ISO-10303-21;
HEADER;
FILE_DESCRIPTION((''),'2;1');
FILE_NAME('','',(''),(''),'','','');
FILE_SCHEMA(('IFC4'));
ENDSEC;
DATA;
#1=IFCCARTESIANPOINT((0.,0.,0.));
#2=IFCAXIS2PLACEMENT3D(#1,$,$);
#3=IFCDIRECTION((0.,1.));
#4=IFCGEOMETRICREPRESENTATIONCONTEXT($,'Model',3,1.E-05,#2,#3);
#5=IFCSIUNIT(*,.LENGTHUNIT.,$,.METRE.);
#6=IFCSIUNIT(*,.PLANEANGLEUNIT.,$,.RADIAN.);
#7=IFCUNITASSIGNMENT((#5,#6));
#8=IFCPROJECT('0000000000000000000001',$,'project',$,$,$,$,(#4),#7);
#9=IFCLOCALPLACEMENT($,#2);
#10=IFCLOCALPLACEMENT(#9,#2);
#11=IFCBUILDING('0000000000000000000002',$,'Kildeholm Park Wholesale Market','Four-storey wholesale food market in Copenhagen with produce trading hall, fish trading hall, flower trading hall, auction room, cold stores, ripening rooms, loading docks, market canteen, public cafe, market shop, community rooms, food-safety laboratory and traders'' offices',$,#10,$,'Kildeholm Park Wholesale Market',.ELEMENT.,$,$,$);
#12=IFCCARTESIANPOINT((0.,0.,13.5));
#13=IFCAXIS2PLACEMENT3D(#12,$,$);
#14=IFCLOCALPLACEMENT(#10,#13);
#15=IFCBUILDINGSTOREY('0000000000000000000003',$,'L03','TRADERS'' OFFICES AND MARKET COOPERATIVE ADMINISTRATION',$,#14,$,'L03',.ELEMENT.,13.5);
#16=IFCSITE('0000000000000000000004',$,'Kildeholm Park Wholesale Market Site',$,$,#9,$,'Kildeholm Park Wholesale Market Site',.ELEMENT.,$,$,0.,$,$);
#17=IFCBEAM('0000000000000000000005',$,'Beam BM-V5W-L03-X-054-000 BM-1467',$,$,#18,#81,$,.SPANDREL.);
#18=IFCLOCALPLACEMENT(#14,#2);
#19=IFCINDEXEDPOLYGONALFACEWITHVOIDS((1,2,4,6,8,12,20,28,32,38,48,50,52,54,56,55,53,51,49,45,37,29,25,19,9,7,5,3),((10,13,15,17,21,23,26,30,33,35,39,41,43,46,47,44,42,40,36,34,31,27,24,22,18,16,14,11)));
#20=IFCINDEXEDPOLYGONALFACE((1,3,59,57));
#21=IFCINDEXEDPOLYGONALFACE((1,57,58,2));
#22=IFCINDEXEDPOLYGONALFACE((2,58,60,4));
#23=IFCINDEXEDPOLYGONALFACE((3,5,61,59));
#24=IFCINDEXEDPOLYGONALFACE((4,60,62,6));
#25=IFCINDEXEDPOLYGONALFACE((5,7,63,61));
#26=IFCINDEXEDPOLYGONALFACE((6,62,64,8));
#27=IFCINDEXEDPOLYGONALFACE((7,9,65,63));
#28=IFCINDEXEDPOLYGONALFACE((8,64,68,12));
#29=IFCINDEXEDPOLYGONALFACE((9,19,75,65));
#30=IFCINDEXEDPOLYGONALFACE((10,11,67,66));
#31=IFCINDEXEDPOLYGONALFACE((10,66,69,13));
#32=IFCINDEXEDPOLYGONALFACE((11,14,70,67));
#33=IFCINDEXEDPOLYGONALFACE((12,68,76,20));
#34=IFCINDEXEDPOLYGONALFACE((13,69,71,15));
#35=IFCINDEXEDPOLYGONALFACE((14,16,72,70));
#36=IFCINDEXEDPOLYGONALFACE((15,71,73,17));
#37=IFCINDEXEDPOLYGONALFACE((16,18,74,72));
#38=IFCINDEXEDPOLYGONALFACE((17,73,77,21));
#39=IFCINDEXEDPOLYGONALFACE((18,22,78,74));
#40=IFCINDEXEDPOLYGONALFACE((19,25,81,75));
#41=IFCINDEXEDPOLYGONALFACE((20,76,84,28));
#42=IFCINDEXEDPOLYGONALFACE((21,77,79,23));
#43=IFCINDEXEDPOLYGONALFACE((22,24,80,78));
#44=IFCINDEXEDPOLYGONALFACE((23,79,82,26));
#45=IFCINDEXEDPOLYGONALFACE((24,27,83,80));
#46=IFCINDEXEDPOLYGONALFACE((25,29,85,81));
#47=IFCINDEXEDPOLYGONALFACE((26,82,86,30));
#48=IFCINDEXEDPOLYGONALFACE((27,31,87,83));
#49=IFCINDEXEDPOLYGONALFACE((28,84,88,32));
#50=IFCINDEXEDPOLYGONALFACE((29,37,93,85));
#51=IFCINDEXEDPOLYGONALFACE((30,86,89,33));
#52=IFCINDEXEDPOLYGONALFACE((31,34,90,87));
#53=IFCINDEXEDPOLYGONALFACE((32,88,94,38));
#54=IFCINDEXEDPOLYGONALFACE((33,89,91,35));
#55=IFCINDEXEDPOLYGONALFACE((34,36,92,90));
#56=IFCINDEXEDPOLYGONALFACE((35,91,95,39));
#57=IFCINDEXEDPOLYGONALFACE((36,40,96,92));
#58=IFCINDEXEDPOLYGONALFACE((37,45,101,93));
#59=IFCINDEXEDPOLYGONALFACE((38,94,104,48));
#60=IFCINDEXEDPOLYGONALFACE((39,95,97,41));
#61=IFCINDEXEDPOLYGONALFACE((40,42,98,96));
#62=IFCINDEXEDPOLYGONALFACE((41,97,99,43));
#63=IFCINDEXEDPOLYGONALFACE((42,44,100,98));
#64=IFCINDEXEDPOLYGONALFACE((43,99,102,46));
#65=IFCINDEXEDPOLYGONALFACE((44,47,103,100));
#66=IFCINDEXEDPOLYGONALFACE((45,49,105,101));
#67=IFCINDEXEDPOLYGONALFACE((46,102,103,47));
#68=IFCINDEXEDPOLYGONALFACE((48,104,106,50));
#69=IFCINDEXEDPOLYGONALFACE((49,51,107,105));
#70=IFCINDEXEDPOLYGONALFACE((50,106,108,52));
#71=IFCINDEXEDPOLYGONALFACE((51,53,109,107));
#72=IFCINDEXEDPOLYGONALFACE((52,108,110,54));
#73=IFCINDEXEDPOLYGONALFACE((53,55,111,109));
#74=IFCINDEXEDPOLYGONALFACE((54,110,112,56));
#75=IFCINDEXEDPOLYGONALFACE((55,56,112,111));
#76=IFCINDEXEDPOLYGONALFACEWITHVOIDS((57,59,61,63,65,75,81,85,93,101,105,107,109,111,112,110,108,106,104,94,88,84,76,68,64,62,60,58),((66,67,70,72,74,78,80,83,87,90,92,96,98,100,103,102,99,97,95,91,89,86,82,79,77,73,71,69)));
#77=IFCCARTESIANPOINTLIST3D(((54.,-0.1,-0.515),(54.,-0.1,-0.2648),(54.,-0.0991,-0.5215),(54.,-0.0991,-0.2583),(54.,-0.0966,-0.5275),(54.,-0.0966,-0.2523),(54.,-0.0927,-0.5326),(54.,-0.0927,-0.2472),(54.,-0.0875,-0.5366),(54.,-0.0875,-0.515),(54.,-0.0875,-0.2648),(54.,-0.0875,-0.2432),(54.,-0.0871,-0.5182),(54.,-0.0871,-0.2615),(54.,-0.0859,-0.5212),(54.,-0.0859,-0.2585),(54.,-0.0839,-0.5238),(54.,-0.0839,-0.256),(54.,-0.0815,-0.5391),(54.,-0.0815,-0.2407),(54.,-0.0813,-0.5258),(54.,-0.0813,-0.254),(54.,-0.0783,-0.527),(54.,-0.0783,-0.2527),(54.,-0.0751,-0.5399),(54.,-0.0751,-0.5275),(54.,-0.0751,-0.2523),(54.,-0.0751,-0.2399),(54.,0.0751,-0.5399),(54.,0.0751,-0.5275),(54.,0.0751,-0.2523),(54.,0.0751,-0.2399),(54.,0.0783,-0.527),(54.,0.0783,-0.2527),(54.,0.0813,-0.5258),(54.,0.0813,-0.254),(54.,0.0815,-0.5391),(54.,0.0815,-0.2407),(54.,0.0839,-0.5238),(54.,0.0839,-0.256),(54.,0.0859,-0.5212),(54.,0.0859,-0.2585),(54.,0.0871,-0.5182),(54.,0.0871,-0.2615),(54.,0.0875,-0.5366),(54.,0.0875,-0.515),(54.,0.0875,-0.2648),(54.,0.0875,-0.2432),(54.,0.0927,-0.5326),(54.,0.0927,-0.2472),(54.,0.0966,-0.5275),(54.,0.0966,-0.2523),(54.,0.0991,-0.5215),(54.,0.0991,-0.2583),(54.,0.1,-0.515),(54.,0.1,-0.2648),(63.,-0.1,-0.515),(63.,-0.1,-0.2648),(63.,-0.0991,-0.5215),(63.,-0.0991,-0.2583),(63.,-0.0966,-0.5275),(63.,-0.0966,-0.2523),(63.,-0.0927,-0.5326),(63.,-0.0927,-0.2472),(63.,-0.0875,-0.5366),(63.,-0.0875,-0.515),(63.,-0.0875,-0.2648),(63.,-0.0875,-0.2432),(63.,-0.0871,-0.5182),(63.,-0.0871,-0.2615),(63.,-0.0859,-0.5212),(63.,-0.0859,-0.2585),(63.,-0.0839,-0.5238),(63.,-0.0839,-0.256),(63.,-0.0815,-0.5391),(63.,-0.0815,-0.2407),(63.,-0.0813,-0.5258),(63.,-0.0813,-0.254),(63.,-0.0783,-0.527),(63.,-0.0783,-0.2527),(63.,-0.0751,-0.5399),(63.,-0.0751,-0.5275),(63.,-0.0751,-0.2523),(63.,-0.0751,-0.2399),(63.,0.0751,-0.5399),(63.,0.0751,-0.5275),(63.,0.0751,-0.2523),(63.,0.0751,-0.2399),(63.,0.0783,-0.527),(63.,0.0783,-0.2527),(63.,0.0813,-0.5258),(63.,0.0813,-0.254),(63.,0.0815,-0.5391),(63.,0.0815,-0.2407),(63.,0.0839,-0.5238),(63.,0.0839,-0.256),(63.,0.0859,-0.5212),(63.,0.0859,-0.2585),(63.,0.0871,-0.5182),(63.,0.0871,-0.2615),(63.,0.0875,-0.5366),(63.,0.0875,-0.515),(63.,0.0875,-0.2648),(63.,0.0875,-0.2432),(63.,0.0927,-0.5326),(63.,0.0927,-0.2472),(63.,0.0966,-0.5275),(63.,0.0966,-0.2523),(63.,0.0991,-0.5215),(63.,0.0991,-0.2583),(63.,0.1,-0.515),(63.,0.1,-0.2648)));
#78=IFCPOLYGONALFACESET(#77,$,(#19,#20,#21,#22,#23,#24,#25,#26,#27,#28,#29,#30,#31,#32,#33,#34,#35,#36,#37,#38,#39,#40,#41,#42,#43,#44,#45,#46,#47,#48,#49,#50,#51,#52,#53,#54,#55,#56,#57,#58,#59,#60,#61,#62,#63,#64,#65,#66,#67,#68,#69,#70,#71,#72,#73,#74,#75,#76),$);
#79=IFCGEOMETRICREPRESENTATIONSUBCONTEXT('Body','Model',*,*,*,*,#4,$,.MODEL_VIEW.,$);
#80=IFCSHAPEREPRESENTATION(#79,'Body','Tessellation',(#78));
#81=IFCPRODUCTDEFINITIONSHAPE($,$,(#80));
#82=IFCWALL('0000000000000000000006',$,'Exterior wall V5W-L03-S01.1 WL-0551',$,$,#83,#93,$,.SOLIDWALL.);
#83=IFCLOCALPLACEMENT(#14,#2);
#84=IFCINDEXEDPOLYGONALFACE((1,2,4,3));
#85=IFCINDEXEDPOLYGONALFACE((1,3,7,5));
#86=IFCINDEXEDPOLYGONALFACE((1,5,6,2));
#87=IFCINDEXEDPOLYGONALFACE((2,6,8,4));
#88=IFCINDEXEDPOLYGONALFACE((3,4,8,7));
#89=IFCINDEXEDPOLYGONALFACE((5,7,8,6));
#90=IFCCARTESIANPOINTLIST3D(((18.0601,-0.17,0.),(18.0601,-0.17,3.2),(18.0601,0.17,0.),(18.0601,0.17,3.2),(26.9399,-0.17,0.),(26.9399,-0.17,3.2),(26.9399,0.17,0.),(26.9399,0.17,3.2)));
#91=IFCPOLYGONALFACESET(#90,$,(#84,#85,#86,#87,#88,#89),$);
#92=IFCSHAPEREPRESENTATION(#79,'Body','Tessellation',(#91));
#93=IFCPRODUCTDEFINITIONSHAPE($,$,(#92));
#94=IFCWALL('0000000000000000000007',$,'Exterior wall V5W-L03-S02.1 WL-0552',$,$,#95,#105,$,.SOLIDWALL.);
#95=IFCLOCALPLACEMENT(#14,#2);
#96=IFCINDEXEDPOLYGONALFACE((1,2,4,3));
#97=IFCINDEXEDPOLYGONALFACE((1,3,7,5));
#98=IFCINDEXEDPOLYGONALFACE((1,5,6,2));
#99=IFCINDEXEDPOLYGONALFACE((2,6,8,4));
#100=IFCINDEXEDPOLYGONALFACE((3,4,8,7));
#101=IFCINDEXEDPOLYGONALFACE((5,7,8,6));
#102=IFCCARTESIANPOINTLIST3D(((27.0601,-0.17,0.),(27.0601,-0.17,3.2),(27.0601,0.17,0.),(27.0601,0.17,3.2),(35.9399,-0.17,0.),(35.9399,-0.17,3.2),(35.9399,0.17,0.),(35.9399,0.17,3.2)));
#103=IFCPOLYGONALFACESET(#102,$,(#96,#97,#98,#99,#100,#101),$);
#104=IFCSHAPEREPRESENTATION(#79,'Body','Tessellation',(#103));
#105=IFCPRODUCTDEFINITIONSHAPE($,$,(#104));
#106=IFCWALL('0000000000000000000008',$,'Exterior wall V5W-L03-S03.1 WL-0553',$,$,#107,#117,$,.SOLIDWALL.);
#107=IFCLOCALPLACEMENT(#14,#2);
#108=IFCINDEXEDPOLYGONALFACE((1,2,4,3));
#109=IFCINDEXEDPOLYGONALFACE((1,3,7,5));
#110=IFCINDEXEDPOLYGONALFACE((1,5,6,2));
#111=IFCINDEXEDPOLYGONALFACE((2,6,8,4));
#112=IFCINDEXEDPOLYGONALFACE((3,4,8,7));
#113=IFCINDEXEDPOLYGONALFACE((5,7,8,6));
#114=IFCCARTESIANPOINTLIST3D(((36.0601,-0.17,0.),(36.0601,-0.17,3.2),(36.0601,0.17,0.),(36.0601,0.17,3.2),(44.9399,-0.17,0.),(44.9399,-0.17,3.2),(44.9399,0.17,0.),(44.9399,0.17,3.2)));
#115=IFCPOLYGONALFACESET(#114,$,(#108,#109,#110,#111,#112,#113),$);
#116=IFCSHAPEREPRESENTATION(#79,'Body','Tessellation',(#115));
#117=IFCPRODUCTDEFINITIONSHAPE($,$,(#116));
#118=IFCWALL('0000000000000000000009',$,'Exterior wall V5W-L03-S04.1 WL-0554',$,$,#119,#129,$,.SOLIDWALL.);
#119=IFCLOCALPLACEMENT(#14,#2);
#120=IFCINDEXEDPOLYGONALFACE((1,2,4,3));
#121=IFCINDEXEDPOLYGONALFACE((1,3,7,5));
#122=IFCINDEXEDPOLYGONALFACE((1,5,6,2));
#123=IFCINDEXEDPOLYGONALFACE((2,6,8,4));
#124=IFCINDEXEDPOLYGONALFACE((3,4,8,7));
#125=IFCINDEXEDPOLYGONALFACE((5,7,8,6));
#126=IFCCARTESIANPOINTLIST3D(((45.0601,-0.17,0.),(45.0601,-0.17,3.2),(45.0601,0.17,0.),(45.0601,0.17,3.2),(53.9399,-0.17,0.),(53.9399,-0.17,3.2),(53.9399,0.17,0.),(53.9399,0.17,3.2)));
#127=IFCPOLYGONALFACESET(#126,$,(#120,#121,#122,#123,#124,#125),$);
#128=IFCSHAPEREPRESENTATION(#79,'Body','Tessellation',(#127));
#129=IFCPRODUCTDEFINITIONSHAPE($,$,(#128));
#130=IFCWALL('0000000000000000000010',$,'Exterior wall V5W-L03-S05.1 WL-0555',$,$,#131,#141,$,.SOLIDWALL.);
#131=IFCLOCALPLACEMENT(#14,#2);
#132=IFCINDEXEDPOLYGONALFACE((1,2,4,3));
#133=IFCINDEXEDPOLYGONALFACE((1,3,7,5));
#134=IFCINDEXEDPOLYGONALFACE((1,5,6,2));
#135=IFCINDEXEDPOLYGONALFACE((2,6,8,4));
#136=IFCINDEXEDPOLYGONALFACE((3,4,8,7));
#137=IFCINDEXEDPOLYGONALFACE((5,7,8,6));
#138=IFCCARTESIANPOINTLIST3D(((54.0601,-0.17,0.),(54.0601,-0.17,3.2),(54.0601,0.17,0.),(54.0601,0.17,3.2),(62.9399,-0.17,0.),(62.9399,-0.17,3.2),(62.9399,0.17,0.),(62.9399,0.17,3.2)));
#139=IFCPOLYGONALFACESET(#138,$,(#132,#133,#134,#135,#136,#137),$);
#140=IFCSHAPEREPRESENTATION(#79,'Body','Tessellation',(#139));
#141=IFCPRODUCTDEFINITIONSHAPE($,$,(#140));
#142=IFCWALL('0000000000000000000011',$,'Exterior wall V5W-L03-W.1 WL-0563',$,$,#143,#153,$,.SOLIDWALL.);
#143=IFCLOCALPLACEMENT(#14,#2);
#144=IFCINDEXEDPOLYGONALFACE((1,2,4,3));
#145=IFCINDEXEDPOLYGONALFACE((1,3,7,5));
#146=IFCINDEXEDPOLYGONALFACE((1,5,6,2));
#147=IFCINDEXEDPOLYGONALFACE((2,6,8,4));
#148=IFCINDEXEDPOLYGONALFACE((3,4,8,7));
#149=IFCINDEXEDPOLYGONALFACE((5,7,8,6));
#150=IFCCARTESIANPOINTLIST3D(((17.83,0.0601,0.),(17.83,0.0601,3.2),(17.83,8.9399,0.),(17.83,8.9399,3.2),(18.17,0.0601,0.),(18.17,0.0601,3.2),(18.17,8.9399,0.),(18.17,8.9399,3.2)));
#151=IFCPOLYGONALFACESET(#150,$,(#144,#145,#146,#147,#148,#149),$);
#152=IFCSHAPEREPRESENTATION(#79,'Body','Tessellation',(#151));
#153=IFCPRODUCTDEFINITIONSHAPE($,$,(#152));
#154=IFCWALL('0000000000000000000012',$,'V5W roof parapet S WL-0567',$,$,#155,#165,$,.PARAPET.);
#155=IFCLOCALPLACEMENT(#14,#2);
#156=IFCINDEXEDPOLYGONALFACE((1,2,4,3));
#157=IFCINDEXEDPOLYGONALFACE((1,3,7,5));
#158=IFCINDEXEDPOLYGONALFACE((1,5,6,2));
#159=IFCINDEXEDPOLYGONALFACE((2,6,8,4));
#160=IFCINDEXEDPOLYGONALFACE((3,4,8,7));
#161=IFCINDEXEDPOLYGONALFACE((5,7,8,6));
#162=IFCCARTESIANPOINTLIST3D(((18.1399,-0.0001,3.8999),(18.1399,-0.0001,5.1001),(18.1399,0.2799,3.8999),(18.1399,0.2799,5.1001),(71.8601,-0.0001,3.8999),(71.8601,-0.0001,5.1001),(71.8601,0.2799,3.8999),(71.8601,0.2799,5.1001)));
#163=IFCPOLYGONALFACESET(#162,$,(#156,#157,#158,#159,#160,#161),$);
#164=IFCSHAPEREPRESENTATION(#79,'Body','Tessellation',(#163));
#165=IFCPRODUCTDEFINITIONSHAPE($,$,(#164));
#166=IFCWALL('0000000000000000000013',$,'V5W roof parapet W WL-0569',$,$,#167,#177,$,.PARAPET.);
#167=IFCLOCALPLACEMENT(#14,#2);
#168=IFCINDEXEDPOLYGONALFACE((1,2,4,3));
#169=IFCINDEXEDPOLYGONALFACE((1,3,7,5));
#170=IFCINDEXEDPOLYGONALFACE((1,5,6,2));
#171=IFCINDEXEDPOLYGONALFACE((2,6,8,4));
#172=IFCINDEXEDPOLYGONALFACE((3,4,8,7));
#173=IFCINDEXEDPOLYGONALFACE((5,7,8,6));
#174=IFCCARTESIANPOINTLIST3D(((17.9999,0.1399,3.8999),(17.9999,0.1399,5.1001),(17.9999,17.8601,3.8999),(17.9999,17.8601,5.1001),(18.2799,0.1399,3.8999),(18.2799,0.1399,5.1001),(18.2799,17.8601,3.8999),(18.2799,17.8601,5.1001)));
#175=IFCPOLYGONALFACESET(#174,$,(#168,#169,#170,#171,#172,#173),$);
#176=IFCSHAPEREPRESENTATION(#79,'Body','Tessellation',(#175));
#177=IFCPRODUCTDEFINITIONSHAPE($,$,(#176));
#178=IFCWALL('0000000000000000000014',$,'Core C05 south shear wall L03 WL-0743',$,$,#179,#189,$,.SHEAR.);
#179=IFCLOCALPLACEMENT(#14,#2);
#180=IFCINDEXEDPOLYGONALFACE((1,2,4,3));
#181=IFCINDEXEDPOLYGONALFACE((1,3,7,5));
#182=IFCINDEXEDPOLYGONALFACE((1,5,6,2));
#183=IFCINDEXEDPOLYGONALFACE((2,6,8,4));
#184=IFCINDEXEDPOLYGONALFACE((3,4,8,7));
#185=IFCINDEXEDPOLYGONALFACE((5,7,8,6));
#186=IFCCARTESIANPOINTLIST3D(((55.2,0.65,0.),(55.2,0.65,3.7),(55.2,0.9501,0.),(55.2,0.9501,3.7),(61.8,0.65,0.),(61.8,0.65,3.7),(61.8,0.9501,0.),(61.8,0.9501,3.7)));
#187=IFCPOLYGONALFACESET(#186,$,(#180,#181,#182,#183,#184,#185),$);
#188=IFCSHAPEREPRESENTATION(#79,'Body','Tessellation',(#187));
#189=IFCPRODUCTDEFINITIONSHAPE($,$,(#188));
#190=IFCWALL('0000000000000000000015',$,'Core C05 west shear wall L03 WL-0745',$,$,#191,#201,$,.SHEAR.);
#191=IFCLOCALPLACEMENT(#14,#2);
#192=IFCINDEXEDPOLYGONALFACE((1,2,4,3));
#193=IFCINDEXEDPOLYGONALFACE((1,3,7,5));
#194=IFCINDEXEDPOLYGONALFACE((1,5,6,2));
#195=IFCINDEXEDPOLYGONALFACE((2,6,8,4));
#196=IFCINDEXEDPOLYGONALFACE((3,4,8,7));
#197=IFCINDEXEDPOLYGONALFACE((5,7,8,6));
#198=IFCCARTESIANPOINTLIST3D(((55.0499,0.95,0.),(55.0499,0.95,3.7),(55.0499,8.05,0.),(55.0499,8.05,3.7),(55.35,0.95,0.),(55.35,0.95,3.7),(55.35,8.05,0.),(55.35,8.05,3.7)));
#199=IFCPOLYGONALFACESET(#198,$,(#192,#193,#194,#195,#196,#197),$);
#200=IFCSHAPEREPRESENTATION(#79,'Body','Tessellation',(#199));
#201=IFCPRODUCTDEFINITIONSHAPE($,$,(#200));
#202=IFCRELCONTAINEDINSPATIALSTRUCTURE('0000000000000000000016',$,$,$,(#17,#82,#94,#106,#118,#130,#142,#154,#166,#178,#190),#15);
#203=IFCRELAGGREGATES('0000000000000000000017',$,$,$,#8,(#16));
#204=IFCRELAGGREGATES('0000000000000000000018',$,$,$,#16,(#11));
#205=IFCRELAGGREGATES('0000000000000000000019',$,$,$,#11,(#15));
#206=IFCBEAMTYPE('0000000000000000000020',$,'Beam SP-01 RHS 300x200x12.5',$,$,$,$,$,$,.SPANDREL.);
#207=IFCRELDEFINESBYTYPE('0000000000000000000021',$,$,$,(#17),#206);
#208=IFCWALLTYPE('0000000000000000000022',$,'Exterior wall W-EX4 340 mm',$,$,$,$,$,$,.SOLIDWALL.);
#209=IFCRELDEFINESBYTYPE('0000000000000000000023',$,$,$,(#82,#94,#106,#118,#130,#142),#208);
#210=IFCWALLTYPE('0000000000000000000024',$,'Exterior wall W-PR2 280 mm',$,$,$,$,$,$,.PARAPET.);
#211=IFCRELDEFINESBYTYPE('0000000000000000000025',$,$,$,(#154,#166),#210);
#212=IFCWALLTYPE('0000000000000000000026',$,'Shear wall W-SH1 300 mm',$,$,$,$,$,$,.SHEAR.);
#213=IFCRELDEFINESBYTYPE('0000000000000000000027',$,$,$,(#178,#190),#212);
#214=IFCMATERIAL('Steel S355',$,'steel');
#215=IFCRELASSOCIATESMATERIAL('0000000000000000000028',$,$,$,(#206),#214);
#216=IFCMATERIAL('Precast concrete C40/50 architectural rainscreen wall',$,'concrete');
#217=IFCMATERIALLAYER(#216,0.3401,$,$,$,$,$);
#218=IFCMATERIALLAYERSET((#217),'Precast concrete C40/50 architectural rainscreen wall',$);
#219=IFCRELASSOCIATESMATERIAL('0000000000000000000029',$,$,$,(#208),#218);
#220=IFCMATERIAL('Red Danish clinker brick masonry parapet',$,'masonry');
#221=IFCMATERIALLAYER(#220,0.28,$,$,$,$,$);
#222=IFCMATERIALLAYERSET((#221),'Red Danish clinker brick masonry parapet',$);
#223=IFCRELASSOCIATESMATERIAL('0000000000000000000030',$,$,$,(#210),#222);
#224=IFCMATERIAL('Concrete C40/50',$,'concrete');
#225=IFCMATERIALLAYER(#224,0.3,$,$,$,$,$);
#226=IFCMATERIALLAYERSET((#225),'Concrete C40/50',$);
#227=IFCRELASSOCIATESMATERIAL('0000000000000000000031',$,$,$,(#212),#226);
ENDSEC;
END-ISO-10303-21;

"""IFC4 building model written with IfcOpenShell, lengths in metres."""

from ifc_helpers import new_model, si_unit, direction, frame, frame_2d, origin, origin_2d, place, context, subcontext, project, spatial, rectangle, hollow_rectangle, extrude, material, layer, layer_set, material_profile, profile_set, type_object, element, save


model = new_model("IFC4")

# Units and contexts
model_context = context("Model", 3, precision=1e-05, world=origin(), true_north=direction((0.0, 1.0)))
body_context = subcontext(model_context, "Body", "Model", "MODEL_VIEW")
ifc_project = project(units=[si_unit("LENGTHUNIT", "METRE"), si_unit("PLANEANGLEUNIT", "RADIAN")], contexts=[model_context])

# Site, building, storey
site_placement = place(None, origin())
site = spatial("IfcSite", under=ifc_project, at=site_placement, Name="Kildeholm Park Wholesale Market Site", LongName="Kildeholm Park Wholesale Market Site", CompositionType="ELEMENT", RefElevation=0.0)
building_placement = place(site_placement, origin())
building = spatial("IfcBuilding", under=site, at=building_placement, Name="Kildeholm Park Wholesale Market", Description="Four-storey wholesale food market in Copenhagen with produce trading hall, fish trading hall, flower trading hall, auction room, cold stores, ripening rooms, loading docks, market canteen, public cafe, market shop, community rooms, food-safety laboratory and traders' offices", LongName="Kildeholm Park Wholesale Market", CompositionType="ELEMENT")
storey_placement = place(building_placement, frame((0.0, 0.0, 13.5)))
storey = spatial("IfcBuildingStorey", under=building, at=storey_placement, Name="L03", Description="TRADERS' OFFICES AND MARKET COOPERATIVE ADMINISTRATION", LongName="L03", CompositionType="ELEMENT", Elevation=13.5)

# Shared definitions
ifc_material_1 = material(Name="Steel S355", Category="steel")

# Beam
ifc_material_profile_1 = material_profile(ifc_material_1, hollow_rectangle(XDim=0.2, YDim=0.3, WallThickness=0.0125, InnerFilletRadius=0.0125, OuterFilletRadius=0.0249, at=origin_2d()), Name="RHS 300x200x12.5")
ifc_profile_set_1 = profile_set([ifc_material_profile_1], Name="Steel S355")
beam_type_1 = type_object("IfcBeamType", Name="Beam SP-01 RHS 300x200x12.5", PredefinedType="SPANDREL", material=ifc_profile_set_1)
for number, where, z_axis, x_axis, name in (
    (1, (54.0, 0.0, -0.3899), (1.0, 0.0, 0.0), (0.0, 1.0, 0.0), "Beam BM-V5W-L03-X-054-000 BM-1467"),
):
    element("IfcBeam", number, at=place(storey_placement, frame(where, z_axis=z_axis, x_axis=x_axis)), inside=storey, type_object=beam_type_1, Name=name, PredefinedType="SPANDREL", context=body_context, shape_type="SweptSolid", body=[
        extrude(hollow_rectangle(XDim=0.2, YDim=0.3, WallThickness=0.0125, InnerFilletRadius=0.0125, OuterFilletRadius=0.0249, at=origin_2d()), origin(), (0.0, 0.0, 1.0), 9.0),
    ])

# Walls
ifc_material_2 = material(Name="Precast concrete C40/50 architectural rainscreen wall", Category="concrete")
ifc_layer_1 = layer(ifc_material_2, 0.3401)
ifc_layer_set_1 = layer_set([ifc_layer_1], Name="Precast concrete C40/50 architectural rainscreen wall")
wall_type_1 = type_object("IfcWallType", Name="Exterior wall W-EX4 340 mm", PredefinedType="SOLIDWALL", material=ifc_layer_set_1)
for number, where, z_axis, x_axis, name in (
    (2, (18.0601, 0.0, 0.0), (0.0, 0.0, 1.0), (1.0, 0.0, 0.0), "Exterior wall V5W-L03-S01.1 WL-0551"),
    (3, (27.0601, 0.0, 0.0), (0.0, 0.0, 1.0), (1.0, 0.0, 0.0), "Exterior wall V5W-L03-S02.1 WL-0552"),
    (4, (36.0601, 0.0, 0.0), (0.0, 0.0, 1.0), (1.0, 0.0, 0.0), "Exterior wall V5W-L03-S03.1 WL-0553"),
    (5, (45.0601, 0.0, 0.0), (0.0, 0.0, 1.0), (1.0, 0.0, 0.0), "Exterior wall V5W-L03-S04.1 WL-0554"),
    (6, (54.0601, 0.0, 0.0), (0.0, 0.0, 1.0), (1.0, 0.0, 0.0), "Exterior wall V5W-L03-S05.1 WL-0555"),
    (7, (18.0, 0.0601, 0.0), (0.0, 0.0, 1.0), (0.0, 1.0, 0.0), "Exterior wall V5W-L03-W.1 WL-0563"),
):
    element("IfcWall", number, at=place(storey_placement, frame(where, z_axis=z_axis, x_axis=x_axis)), inside=storey, type_object=wall_type_1, Name=name, PredefinedType="SOLIDWALL", context=body_context, shape_type="SweptSolid", body=[
        extrude(rectangle(XDim=8.8799, YDim=0.3401, at=frame_2d((4.4399, 0.0))), origin(), (0.0, 0.0, 1.0), 3.2),
    ])
ifc_material_3 = material(Name="Red Danish clinker brick masonry parapet", Category="masonry")
ifc_layer_2 = layer(ifc_material_3, 0.28)
ifc_layer_set_2 = layer_set([ifc_layer_2], Name="Red Danish clinker brick masonry parapet")
wall_type_2 = type_object("IfcWallType", Name="Exterior wall W-PR2 280 mm", PredefinedType="PARAPET", material=ifc_layer_set_2)
wall_1_placement = place(storey_placement, frame((18.1399, 0.1399, 3.8999), z_axis=(0.0, 0.0, 1.0), x_axis=(1.0, 0.0, 0.0)))
element("IfcWall", 8, at=wall_1_placement, inside=storey, type_object=wall_type_2, Name="V5W roof parapet S WL-0567", PredefinedType="PARAPET", context=body_context, shape_type="SweptSolid", body=[
    extrude(rectangle(XDim=53.7202, YDim=0.28, at=frame_2d((26.8601, 0.0))), origin(), (0.0, 0.0, 1.0), 1.2002),
])
wall_2_placement = place(storey_placement, frame((18.1399, 0.1399, 3.8999), z_axis=(0.0, 0.0, 1.0), x_axis=(0.0, 1.0, 0.0)))
element("IfcWall", 9, at=wall_2_placement, inside=storey, type_object=wall_type_2, Name="V5W roof parapet W WL-0569", PredefinedType="PARAPET", context=body_context, shape_type="SweptSolid", body=[
    extrude(rectangle(XDim=17.7202, YDim=0.28, at=frame_2d((8.8601, 0.0))), origin(), (0.0, 0.0, 1.0), 1.2002),
])
ifc_material_4 = material(Name="Concrete C40/50", Category="concrete")
ifc_layer_3 = layer(ifc_material_4, 0.3)
ifc_layer_set_3 = layer_set([ifc_layer_3], Name="Concrete C40/50")
wall_type_3 = type_object("IfcWallType", Name="Shear wall W-SH1 300 mm", PredefinedType="SHEAR", material=ifc_layer_set_3)
wall_3_placement = place(storey_placement, frame((55.2, 0.8, 0.0), z_axis=(0.0, 0.0, 1.0), x_axis=(1.0, 0.0, 0.0)))
element("IfcWall", 10, at=wall_3_placement, inside=storey, type_object=wall_type_3, Name="Core C05 south shear wall L03 WL-0743", PredefinedType="SHEAR", context=body_context, shape_type="SweptSolid", body=[
    extrude(rectangle(XDim=6.6001, YDim=0.3, at=frame_2d((3.3, 0.0))), origin(), (0.0, 0.0, 1.0), 3.7),
])
wall_4_placement = place(storey_placement, frame((55.2, 0.95, 0.0), z_axis=(0.0, 0.0, 1.0), x_axis=(0.0, 1.0, 0.0)))
element("IfcWall", 11, at=wall_4_placement, inside=storey, type_object=wall_type_3, Name="Core C05 west shear wall L03 WL-0745", PredefinedType="SHEAR", context=body_context, shape_type="SweptSolid", body=[
    extrude(rectangle(XDim=7.1001, YDim=0.3, at=frame_2d((3.55, 0.0))), origin(), (0.0, 0.0, 1.0), 3.7),
])

save(model, "model.ifc")
